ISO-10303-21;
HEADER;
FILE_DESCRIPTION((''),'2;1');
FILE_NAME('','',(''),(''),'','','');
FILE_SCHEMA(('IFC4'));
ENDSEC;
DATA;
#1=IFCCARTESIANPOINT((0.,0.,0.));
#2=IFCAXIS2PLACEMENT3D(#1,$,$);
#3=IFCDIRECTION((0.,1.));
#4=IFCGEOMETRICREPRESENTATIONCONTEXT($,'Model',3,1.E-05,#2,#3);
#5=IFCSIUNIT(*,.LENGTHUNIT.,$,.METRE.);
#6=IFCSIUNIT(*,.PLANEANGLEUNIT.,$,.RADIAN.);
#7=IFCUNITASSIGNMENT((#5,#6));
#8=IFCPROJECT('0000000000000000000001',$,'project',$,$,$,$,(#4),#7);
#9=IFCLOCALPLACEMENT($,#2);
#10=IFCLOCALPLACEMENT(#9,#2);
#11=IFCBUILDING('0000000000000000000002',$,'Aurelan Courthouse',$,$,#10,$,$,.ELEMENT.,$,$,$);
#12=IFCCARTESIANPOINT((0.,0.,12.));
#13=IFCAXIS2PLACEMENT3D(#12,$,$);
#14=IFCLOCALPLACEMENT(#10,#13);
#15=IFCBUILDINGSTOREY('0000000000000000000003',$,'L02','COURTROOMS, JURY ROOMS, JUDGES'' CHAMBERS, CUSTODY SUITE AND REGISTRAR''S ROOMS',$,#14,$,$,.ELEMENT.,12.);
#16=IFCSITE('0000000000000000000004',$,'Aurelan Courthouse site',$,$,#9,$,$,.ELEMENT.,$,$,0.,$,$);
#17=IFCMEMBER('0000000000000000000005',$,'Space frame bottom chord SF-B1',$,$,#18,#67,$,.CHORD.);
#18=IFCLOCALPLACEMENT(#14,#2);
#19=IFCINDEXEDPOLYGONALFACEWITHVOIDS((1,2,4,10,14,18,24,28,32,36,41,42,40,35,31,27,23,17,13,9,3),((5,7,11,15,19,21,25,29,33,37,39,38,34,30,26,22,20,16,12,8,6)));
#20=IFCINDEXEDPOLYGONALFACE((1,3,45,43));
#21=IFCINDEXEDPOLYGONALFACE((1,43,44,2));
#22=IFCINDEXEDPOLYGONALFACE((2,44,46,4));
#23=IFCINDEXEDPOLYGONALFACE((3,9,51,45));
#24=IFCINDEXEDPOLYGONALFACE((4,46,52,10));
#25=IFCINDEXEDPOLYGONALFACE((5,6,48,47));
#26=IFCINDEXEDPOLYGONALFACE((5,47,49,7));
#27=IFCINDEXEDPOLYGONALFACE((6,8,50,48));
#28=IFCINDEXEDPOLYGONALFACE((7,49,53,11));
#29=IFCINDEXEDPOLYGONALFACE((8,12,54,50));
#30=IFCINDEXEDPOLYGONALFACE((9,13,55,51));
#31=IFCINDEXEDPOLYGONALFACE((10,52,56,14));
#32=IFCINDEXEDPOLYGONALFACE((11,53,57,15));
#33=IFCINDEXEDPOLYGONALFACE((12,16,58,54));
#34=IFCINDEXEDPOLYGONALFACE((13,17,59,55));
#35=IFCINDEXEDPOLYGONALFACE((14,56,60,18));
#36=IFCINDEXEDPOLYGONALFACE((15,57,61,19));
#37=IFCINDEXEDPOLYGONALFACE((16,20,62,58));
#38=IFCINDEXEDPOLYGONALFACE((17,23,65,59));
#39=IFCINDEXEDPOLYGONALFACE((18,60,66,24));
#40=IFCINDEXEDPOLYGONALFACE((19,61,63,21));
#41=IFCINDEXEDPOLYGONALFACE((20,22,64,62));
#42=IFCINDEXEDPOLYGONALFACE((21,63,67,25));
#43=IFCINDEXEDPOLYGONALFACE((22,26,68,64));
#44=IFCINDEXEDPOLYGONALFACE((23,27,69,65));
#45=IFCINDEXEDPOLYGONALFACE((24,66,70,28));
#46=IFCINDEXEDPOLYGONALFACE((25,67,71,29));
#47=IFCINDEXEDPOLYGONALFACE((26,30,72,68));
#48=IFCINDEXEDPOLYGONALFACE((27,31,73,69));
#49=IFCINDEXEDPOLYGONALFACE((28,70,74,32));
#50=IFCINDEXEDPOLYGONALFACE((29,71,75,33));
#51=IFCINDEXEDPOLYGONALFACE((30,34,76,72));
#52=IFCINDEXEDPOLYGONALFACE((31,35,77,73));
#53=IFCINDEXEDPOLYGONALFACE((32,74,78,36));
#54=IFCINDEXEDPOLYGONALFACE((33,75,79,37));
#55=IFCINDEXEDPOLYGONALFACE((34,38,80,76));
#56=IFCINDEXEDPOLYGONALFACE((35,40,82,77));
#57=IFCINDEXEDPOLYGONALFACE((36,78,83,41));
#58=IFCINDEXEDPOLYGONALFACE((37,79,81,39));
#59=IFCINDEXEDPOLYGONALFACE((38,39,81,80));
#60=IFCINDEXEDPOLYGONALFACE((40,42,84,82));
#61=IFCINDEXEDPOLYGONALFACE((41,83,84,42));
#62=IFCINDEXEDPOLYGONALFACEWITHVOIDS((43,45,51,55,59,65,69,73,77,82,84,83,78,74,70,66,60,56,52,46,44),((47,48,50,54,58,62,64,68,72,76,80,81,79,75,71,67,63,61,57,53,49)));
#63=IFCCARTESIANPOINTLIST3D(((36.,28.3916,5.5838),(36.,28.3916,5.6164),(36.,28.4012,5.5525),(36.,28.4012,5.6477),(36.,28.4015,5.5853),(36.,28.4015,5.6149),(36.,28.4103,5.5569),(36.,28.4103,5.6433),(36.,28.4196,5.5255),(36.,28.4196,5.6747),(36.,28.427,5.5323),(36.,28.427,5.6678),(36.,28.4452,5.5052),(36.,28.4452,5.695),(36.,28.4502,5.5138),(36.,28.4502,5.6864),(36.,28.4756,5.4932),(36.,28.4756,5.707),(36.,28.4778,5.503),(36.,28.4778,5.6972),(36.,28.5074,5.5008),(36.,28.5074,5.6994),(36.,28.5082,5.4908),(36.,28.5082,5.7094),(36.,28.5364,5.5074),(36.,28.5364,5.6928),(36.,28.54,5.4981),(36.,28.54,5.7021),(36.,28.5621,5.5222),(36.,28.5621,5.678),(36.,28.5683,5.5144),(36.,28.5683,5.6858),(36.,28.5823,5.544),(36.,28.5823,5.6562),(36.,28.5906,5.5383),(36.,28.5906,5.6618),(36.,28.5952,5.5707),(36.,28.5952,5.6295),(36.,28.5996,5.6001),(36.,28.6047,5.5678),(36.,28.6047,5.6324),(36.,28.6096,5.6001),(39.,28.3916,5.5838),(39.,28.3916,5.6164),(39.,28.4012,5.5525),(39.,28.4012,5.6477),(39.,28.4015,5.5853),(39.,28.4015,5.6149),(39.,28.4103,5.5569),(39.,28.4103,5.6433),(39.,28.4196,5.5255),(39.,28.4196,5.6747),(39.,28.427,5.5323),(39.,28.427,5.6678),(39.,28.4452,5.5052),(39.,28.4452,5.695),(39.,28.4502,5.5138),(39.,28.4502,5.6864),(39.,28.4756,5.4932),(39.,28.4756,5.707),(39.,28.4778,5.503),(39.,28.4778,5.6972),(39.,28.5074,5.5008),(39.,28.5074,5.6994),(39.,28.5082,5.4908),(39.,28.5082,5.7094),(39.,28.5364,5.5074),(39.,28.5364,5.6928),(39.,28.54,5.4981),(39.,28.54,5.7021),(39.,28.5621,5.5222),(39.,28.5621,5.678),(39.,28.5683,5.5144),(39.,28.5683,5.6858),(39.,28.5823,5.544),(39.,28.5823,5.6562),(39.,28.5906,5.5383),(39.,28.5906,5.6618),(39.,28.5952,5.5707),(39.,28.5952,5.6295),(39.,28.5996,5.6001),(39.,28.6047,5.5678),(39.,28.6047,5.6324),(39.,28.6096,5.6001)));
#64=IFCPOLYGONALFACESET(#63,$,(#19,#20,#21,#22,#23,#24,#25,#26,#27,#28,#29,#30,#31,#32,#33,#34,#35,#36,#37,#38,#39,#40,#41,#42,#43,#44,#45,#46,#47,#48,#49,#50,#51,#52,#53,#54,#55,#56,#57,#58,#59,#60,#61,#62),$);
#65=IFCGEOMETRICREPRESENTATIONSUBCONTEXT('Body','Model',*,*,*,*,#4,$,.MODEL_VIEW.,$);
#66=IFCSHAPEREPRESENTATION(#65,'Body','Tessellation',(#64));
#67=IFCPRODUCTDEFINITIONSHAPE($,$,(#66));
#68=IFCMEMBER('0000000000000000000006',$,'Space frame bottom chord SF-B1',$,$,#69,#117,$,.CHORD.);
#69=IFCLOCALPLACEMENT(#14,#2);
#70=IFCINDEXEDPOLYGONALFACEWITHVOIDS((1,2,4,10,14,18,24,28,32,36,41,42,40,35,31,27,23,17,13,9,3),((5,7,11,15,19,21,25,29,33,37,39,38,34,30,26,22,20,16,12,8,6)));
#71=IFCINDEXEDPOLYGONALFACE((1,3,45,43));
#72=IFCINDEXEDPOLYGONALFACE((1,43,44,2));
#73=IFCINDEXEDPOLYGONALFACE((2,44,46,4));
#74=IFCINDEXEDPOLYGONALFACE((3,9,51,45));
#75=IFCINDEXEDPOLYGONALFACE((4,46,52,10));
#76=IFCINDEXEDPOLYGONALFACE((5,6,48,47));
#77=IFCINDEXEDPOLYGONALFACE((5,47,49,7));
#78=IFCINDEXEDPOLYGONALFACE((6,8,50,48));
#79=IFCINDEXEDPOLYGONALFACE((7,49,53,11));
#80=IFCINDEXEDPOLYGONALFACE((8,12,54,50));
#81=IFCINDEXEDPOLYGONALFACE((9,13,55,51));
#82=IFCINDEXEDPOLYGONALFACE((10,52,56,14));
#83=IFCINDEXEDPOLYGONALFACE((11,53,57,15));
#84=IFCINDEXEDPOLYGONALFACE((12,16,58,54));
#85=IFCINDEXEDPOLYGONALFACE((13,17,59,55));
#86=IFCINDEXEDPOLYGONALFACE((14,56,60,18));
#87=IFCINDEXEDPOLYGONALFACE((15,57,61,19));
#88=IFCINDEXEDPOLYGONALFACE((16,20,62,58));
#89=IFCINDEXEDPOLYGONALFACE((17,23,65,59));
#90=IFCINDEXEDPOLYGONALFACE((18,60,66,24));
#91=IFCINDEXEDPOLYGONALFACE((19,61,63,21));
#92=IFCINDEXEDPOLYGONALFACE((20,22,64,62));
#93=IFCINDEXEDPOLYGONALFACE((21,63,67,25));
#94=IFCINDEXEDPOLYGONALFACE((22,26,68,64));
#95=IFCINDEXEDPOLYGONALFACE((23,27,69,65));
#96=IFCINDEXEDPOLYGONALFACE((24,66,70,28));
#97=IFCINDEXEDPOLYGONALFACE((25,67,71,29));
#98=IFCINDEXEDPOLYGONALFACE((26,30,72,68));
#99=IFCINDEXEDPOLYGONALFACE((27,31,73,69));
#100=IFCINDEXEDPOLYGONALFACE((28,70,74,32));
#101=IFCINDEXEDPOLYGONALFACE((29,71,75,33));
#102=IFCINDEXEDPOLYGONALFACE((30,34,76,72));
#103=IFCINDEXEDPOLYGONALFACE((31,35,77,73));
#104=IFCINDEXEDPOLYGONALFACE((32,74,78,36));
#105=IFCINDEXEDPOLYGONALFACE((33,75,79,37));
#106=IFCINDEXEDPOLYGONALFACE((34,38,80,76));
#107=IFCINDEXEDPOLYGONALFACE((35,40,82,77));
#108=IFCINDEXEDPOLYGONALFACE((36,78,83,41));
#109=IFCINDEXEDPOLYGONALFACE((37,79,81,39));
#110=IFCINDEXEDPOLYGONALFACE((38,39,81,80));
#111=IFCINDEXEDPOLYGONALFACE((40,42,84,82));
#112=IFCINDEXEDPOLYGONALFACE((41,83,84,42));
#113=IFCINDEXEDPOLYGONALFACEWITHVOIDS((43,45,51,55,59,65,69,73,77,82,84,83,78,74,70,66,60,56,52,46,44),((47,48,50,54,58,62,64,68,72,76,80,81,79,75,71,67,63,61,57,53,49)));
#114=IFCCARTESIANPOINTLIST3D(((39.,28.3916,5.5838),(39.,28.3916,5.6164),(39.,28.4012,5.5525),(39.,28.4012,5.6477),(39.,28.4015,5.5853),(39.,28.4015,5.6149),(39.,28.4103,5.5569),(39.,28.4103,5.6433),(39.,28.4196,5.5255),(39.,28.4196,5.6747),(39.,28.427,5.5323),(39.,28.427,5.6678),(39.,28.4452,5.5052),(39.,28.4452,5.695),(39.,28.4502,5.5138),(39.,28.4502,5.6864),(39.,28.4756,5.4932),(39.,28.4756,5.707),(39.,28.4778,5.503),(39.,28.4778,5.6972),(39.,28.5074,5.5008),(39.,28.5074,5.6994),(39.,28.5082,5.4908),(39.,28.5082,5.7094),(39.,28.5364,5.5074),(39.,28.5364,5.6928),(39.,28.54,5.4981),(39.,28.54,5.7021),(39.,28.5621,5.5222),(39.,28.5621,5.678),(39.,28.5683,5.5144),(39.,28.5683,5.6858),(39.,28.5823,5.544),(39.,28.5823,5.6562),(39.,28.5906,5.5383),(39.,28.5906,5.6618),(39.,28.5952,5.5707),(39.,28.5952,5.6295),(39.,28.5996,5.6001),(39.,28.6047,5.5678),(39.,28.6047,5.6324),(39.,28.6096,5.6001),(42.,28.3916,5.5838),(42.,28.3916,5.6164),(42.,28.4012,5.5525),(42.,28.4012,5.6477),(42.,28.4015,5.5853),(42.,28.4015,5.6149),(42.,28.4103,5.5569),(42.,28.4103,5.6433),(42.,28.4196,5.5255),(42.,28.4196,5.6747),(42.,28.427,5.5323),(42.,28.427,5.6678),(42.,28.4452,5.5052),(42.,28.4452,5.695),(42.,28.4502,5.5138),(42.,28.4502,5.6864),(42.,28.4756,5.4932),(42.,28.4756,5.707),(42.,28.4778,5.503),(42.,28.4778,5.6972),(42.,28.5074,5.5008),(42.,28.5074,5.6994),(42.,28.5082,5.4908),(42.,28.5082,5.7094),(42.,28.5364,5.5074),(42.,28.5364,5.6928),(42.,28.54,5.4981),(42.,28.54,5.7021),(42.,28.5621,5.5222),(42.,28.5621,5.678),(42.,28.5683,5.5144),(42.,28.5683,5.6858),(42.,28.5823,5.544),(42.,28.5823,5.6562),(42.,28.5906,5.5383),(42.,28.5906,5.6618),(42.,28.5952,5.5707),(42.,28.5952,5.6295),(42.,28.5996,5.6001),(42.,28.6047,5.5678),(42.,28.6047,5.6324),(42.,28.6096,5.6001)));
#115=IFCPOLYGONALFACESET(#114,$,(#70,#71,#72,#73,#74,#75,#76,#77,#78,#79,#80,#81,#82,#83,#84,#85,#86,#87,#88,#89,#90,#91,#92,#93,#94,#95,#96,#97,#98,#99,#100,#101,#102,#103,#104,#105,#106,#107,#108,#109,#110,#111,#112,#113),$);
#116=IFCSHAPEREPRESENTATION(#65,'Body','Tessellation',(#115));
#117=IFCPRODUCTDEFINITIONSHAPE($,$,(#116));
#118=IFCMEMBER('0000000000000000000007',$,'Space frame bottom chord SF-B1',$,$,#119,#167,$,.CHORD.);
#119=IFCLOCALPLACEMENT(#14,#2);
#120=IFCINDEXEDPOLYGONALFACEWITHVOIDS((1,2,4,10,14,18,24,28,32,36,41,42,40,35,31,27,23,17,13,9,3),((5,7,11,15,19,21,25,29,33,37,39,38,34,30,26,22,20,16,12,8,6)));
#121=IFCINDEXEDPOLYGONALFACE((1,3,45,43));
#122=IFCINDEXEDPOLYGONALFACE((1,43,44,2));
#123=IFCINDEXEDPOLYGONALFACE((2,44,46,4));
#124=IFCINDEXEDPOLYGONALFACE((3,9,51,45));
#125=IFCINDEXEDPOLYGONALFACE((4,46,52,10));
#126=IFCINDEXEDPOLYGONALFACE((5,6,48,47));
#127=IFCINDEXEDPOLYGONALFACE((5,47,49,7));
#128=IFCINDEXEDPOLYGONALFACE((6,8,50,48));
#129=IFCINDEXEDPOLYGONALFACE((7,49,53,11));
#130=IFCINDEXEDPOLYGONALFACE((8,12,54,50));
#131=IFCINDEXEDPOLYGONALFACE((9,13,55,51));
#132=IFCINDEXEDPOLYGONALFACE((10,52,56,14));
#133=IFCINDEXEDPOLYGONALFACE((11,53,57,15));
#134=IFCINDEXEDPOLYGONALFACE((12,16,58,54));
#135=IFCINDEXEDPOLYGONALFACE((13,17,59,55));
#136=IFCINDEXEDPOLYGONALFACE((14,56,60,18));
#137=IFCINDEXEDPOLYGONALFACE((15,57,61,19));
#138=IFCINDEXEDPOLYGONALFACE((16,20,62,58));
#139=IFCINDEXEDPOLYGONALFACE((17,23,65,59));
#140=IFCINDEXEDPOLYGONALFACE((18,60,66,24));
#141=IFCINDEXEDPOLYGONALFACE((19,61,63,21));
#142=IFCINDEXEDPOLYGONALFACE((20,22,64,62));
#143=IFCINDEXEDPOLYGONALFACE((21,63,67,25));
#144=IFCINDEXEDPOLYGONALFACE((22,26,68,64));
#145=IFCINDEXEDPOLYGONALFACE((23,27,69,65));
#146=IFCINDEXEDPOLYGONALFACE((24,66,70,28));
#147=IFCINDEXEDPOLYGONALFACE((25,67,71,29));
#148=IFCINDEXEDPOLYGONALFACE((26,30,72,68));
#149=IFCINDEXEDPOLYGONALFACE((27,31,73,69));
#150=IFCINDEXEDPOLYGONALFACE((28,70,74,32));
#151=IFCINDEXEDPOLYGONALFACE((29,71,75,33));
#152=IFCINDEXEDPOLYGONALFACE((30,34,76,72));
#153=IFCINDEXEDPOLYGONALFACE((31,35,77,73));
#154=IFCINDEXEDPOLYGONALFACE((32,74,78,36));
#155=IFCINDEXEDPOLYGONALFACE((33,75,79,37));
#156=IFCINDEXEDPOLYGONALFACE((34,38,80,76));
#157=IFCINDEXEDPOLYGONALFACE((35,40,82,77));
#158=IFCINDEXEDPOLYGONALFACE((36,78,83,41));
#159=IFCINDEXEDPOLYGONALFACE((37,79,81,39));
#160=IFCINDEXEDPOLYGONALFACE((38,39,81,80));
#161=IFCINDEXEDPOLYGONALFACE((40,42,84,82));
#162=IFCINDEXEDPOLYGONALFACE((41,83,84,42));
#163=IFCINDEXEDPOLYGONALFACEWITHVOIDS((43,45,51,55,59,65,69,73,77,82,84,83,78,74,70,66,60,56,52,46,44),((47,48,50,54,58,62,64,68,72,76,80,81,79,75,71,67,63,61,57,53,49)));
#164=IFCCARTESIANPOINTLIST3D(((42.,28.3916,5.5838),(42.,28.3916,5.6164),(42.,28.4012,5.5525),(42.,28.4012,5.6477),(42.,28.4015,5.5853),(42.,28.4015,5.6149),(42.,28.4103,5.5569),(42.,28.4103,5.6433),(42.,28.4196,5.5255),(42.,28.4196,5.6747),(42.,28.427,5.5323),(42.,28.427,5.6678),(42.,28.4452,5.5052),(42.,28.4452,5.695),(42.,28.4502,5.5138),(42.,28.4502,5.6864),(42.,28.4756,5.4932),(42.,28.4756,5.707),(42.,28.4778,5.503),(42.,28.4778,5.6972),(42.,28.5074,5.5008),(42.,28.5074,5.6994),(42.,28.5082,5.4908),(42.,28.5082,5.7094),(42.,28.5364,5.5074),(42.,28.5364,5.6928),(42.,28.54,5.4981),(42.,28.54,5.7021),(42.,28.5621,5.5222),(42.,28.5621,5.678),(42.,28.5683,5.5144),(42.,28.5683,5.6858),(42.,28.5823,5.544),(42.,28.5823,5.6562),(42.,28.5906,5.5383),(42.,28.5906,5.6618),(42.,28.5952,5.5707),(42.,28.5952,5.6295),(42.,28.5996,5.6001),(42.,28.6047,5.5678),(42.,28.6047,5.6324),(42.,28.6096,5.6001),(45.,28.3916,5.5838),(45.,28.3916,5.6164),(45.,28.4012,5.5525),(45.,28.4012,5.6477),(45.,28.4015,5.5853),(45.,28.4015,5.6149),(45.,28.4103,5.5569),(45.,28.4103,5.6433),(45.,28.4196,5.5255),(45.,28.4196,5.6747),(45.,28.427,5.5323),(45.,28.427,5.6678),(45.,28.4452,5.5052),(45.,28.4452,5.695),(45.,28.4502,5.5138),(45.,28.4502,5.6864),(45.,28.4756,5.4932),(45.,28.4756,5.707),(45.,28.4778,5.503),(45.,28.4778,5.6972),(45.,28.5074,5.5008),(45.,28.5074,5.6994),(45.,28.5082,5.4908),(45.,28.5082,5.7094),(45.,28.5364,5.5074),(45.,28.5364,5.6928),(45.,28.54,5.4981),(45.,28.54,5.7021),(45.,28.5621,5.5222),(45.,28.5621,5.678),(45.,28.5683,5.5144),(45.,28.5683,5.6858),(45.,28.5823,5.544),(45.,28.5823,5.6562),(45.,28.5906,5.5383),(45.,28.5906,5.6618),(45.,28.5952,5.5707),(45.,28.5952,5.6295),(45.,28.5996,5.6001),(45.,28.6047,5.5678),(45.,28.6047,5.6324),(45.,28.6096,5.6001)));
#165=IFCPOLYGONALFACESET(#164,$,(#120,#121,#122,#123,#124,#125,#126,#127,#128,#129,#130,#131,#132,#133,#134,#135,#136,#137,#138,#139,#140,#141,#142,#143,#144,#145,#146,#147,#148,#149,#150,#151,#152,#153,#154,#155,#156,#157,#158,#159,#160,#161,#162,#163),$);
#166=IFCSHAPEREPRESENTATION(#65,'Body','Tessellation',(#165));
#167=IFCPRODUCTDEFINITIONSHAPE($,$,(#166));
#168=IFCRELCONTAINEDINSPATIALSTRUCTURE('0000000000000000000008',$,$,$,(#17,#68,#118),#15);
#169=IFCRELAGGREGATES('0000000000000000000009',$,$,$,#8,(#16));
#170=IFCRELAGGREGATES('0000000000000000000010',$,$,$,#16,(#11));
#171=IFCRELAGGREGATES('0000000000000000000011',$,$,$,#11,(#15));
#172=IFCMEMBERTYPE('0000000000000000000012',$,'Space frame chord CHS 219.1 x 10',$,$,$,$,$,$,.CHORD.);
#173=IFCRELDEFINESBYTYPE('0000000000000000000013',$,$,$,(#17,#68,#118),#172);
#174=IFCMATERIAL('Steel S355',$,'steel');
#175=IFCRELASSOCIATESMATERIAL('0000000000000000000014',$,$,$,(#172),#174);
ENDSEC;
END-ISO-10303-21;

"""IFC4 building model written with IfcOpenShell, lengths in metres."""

from ifc_helpers import new_model, si_unit, direction, frame, origin, origin_2d, place, context, subcontext, project, spatial, hollow_circle, extrude, material, material_profile, profile_set, type_object, element, save


model = new_model("IFC4")

# Units and contexts
model_context = context("Model", 3, precision=1e-05, world=origin(), true_north=direction((0.0, 1.0)))
body_context = subcontext(model_context, "Body", "Model", "MODEL_VIEW")
ifc_project = project(units=[si_unit("LENGTHUNIT", "METRE"), si_unit("PLANEANGLEUNIT", "RADIAN")], contexts=[model_context])

# Site, building, storey
site_placement = place(None, origin())
site = spatial("IfcSite", under=ifc_project, at=site_placement, Name="Aurelan Courthouse site", CompositionType="ELEMENT", RefElevation=0.0)
building_placement = place(site_placement, origin())
building = spatial("IfcBuilding", under=site, at=building_placement, Name="Aurelan Courthouse", CompositionType="ELEMENT")
storey_placement = place(building_placement, frame((0.0, 0.0, 12.0)))
storey = spatial("IfcBuildingStorey", under=building, at=storey_placement, Name="L02", Description="COURTROOMS, JURY ROOMS, JUDGES' CHAMBERS, CUSTODY SUITE AND REGISTRAR'S ROOMS", CompositionType="ELEMENT", Elevation=12.0)

# Members
ifc_material_1 = material(Name="Steel S355", Category="steel")
ifc_material_profile_1 = material_profile(ifc_material_1, hollow_circle(Radius=0.1096, WallThickness=0.01, at=origin_2d()), Name="CHS 219.1 x 10")
ifc_profile_set_1 = profile_set([ifc_material_profile_1], Name="Steel S355")
member_type_1 = type_object("IfcMemberType", Name="Space frame chord CHS 219.1 x 10", PredefinedType="CHORD", material=ifc_profile_set_1)
for number, where, z_axis, x_axis, name in (
    (1, (36.0, 28.5, 5.6001), (1.0, 0.0, 0.0), (0.0, 1.0, 0.0), "Space frame bottom chord SF-B1"),
    (2, (39.0, 28.5, 5.6001), (1.0, 0.0, 0.0), (0.0, 1.0, 0.0), "Space frame bottom chord SF-B1"),
    (3, (42.0, 28.5, 5.6001), (1.0, 0.0, 0.0), (0.0, 1.0, 0.0), "Space frame bottom chord SF-B1"),
):
    element("IfcMember", number, at=place(storey_placement, frame(where, z_axis=z_axis, x_axis=x_axis)), inside=storey, type_object=member_type_1, Name=name, PredefinedType="CHORD", context=body_context, shape_type="SweptSolid", body=[
        extrude(hollow_circle(Radius=0.1096, WallThickness=0.01, at=origin_2d()), origin(), (0.0, 0.0, 1.0), 3.0),
    ])

save(model, "model.ifc")
